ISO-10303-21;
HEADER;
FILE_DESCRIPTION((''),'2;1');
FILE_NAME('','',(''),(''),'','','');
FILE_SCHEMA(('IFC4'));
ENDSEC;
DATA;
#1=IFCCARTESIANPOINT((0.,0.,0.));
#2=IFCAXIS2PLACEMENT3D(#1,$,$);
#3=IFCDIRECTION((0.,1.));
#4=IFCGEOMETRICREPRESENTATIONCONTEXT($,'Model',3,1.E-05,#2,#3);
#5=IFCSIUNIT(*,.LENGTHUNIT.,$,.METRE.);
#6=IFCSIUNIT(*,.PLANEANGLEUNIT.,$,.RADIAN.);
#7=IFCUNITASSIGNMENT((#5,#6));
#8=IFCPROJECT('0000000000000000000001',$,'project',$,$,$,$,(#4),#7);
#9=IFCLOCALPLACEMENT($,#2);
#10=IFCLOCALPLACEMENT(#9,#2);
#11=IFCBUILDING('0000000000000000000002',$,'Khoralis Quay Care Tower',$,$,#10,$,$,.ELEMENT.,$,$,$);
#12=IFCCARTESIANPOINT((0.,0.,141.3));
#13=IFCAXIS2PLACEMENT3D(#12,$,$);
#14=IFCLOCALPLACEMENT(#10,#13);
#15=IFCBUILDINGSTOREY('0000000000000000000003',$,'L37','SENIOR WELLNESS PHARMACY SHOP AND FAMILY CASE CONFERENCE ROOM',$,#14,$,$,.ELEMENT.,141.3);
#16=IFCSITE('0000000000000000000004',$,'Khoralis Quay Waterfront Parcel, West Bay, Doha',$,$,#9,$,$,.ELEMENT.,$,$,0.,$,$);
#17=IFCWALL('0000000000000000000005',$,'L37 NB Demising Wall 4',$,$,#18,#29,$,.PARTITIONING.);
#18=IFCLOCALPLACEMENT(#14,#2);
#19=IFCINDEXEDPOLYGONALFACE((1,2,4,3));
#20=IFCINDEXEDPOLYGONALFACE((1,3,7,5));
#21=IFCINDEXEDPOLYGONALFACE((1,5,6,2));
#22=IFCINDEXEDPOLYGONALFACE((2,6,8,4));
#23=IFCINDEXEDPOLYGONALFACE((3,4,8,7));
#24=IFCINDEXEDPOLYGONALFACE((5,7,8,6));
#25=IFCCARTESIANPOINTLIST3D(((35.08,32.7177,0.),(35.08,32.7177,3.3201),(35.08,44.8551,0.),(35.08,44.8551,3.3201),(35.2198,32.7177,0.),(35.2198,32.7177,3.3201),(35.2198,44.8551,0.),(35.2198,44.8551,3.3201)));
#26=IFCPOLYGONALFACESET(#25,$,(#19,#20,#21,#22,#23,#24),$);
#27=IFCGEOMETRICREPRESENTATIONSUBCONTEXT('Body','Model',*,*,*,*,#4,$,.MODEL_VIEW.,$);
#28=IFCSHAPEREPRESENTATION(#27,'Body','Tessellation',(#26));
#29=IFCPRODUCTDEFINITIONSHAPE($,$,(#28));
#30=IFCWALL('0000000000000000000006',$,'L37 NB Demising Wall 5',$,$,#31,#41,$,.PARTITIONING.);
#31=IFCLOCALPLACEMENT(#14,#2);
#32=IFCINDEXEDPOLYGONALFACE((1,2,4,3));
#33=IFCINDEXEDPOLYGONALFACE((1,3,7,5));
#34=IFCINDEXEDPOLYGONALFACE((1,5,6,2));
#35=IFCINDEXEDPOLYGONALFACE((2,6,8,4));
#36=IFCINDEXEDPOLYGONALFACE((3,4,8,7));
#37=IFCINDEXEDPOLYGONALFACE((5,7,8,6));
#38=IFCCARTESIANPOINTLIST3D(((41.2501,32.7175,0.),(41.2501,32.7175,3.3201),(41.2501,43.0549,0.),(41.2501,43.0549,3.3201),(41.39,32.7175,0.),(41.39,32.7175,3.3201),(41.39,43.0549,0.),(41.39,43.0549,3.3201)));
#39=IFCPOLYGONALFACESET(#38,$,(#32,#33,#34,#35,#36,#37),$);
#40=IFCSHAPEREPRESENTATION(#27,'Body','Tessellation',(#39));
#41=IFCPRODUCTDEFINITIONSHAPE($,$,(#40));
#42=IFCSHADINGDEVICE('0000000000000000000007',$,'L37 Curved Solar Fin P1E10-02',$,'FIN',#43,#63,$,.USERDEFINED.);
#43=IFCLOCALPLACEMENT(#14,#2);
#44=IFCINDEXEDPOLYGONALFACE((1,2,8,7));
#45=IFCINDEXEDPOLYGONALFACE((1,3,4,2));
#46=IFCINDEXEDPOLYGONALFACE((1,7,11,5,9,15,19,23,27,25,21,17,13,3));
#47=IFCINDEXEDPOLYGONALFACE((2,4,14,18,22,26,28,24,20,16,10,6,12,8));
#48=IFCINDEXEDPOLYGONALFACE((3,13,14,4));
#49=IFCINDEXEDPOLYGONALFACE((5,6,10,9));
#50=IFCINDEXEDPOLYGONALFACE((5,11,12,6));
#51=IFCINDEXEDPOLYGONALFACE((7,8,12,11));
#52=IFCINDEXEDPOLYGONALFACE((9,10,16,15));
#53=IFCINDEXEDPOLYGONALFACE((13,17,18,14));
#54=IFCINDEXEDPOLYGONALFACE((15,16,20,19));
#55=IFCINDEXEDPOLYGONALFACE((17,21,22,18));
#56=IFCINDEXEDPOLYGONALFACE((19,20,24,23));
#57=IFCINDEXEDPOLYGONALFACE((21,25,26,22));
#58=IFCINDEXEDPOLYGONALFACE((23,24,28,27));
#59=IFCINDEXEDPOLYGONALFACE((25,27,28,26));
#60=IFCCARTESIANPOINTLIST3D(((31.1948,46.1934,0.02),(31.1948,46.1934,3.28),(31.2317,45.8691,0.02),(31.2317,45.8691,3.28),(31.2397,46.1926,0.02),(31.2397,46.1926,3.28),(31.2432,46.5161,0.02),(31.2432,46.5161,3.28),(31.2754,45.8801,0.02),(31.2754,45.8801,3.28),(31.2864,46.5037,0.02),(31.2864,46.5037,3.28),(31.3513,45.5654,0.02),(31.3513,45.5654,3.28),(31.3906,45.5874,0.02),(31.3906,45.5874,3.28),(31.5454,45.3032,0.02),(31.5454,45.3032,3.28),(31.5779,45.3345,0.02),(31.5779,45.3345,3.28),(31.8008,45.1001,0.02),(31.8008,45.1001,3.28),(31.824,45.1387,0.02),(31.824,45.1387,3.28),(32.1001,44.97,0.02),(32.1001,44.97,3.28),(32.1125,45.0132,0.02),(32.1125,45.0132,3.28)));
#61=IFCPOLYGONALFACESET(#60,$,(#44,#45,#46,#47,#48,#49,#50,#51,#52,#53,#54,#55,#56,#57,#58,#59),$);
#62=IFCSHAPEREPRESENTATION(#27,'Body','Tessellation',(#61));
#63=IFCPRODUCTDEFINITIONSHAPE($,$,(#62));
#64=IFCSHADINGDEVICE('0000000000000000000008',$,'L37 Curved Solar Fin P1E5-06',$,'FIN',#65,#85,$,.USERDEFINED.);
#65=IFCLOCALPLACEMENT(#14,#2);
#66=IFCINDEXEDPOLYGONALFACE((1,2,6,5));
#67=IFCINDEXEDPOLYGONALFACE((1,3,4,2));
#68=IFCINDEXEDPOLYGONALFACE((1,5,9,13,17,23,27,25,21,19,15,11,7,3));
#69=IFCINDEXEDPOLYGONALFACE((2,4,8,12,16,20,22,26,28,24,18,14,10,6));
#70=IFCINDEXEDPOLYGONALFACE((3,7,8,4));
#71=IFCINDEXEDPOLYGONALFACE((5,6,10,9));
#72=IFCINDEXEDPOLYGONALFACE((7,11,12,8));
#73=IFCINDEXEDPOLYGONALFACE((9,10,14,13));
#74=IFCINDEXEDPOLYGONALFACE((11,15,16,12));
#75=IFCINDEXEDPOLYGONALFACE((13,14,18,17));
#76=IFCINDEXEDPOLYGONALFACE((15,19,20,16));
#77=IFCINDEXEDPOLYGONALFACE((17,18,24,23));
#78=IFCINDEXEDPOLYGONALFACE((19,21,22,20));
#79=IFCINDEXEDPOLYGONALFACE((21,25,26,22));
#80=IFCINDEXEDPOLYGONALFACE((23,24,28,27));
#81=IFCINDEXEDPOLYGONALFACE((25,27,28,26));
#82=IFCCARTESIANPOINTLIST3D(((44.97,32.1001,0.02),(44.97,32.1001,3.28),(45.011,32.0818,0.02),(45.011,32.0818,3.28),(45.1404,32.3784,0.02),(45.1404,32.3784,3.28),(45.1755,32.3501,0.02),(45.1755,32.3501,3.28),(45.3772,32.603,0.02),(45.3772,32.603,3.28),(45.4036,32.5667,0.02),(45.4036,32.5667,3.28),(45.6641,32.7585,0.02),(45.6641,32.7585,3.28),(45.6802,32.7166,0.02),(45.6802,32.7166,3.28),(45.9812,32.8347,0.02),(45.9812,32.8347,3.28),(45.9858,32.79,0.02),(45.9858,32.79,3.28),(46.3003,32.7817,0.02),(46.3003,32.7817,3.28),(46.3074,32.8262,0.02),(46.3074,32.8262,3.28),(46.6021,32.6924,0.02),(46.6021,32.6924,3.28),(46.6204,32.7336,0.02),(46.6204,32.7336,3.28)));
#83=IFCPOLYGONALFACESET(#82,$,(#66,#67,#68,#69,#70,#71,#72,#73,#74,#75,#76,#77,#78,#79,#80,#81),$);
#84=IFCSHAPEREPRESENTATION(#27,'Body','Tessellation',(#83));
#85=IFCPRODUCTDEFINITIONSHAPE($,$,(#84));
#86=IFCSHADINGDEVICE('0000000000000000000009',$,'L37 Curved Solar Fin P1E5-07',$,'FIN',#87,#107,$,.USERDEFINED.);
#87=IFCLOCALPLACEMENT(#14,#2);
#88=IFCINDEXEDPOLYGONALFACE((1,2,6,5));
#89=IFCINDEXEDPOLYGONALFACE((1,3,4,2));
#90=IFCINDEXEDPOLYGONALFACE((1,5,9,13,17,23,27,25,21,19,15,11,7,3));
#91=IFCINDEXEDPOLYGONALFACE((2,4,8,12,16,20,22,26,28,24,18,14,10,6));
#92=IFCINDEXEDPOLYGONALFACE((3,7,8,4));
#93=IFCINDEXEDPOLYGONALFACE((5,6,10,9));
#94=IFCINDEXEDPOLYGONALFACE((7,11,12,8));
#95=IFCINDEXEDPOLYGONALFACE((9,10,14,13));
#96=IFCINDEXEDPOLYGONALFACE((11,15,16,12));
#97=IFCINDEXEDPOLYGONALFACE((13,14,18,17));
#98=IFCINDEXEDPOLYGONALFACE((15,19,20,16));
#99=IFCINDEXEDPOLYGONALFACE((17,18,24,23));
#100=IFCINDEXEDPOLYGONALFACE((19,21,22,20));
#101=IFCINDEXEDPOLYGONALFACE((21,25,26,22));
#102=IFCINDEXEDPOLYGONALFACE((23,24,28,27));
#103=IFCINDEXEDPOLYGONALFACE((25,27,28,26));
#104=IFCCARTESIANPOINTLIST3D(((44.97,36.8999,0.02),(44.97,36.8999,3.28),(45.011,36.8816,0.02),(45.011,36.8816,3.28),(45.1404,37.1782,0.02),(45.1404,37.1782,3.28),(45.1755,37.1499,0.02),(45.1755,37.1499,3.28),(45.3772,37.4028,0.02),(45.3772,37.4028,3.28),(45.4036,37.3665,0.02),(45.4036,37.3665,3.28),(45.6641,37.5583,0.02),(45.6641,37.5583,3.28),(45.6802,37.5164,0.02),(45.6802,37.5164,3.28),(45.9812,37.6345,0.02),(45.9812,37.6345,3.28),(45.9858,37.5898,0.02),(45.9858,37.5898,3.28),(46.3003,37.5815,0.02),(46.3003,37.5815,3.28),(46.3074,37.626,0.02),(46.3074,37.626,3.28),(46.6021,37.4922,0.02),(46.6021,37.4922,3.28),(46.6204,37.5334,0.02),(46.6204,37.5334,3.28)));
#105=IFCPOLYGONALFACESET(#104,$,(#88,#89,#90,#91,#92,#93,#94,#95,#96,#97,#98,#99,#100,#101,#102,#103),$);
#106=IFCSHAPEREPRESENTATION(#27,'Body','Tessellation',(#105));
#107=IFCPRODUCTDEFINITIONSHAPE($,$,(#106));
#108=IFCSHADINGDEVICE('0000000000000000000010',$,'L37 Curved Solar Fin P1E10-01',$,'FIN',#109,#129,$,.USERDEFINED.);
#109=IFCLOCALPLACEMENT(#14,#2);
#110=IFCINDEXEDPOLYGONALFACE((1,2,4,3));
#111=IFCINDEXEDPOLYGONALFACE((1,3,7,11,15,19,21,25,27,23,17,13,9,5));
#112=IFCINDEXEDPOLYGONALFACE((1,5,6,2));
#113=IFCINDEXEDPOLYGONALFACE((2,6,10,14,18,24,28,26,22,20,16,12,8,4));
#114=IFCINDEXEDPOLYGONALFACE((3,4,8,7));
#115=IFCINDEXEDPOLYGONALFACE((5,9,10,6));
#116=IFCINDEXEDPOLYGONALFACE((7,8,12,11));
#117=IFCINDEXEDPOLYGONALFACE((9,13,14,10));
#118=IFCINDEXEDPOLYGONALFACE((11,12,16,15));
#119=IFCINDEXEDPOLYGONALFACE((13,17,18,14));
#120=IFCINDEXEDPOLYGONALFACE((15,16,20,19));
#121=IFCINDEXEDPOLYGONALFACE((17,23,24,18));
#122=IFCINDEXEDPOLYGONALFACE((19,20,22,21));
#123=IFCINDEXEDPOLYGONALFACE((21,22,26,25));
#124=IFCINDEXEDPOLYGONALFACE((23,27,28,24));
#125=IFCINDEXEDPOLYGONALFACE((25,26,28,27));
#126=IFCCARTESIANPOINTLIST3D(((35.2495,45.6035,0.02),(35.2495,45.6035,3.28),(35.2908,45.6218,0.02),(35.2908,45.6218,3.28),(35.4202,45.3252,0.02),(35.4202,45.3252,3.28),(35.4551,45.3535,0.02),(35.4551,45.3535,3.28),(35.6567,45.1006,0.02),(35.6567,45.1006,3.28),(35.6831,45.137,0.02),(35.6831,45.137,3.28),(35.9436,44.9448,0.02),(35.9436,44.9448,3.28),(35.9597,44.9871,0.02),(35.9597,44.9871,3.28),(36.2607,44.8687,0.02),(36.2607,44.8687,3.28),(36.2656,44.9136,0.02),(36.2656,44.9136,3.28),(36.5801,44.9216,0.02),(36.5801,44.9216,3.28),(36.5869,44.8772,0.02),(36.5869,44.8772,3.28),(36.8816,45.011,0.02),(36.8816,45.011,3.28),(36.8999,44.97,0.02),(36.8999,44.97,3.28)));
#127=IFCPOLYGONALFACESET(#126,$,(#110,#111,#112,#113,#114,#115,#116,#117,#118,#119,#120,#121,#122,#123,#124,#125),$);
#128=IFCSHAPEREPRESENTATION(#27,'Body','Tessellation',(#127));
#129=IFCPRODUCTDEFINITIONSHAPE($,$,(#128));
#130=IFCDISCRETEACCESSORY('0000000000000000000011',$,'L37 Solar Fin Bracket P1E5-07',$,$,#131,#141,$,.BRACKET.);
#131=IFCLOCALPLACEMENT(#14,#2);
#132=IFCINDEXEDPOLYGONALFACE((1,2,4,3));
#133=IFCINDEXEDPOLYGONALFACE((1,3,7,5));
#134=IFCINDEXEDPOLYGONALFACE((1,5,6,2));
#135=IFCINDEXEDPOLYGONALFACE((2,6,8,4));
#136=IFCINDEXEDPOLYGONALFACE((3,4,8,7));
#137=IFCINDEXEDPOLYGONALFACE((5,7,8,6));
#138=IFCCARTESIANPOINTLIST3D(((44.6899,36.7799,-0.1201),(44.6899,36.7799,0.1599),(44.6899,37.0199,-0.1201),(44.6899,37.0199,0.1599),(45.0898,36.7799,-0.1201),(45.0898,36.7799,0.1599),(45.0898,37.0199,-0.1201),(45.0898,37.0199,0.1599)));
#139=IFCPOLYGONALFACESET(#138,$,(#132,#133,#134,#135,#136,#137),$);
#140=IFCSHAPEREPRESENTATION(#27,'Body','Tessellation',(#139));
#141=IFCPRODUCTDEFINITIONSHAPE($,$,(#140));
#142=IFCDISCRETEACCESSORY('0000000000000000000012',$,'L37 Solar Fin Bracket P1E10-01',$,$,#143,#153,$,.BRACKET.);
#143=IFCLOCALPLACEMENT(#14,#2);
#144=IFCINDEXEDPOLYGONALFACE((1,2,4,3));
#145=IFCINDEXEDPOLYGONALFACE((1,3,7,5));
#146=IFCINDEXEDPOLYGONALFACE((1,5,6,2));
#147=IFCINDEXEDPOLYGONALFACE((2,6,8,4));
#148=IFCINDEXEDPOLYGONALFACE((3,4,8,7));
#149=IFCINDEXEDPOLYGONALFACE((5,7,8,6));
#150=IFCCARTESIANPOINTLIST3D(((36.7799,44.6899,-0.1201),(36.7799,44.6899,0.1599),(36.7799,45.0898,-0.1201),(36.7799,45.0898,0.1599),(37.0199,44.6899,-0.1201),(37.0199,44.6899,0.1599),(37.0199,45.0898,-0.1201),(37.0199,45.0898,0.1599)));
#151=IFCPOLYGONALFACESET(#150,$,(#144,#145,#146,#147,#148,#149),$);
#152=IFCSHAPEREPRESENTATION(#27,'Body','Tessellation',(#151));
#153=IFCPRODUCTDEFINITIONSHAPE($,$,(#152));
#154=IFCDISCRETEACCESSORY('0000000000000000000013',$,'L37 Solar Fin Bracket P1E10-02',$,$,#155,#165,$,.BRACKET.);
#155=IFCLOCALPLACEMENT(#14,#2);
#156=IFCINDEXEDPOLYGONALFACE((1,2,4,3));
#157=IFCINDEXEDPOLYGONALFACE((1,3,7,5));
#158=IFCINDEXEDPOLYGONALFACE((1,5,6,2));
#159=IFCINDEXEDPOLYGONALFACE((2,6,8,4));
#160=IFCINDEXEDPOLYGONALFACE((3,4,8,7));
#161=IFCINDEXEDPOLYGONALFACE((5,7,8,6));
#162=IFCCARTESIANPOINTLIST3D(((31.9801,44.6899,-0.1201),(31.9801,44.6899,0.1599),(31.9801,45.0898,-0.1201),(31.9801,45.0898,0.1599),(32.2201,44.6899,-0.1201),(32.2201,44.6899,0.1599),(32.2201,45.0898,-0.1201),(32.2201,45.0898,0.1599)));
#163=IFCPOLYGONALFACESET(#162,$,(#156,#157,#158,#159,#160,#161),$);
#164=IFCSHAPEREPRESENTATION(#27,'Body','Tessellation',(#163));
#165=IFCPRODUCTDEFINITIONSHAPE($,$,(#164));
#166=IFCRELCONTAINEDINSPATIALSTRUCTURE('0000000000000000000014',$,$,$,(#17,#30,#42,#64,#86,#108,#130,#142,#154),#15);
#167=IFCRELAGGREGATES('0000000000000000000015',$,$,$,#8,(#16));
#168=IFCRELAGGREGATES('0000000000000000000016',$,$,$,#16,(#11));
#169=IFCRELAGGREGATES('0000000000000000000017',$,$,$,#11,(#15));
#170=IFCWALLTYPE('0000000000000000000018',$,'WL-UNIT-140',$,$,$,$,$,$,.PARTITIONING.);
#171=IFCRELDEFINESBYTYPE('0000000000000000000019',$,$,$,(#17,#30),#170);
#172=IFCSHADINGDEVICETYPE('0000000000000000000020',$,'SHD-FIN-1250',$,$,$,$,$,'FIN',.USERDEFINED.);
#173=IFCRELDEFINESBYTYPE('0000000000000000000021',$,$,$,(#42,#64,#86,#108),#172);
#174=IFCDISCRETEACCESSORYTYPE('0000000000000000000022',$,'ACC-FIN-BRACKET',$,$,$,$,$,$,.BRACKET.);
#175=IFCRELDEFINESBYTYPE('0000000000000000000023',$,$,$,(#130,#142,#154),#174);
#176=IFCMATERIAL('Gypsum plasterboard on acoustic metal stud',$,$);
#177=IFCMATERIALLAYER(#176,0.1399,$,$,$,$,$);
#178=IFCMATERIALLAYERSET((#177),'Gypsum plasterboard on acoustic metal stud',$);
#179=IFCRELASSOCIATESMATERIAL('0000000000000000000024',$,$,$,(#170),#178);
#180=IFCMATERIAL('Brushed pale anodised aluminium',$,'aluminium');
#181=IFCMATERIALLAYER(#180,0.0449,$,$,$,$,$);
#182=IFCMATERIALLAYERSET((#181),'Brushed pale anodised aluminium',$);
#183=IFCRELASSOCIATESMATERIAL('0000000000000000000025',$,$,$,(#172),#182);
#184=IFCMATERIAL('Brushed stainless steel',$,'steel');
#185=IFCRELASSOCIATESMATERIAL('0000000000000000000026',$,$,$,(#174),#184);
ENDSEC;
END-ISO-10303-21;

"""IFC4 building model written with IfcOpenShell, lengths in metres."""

from ifc_helpers import new_model, si_unit, direction, frame, frame_2d, origin, origin_2d, place, context, subcontext, project, spatial, polyline, rectangle, outline, extrude, source, transform, mapped, material, layer, layer_set, type_object, element, save


model = new_model("IFC4")

# Units and contexts
model_context = context("Model", 3, precision=1e-05, world=origin(), true_north=direction((0.0, 1.0)))
body_context = subcontext(model_context, "Body", "Model", "MODEL_VIEW")
ifc_project = project(units=[si_unit("LENGTHUNIT", "METRE"), si_unit("PLANEANGLEUNIT", "RADIAN")], contexts=[model_context])

# Site, building, storey
site_placement = place(None, origin())
site = spatial("IfcSite", under=ifc_project, at=site_placement, Name="Khoralis Quay Waterfront Parcel, West Bay, Doha", CompositionType="ELEMENT", RefElevation=0.0)
building_placement = place(site_placement, origin())
building = spatial("IfcBuilding", under=site, at=building_placement, Name="Khoralis Quay Care Tower", CompositionType="ELEMENT")
storey_placement = place(building_placement, frame((0.0, 0.0, 141.3)))
storey = spatial("IfcBuildingStorey", under=building, at=storey_placement, Name="L37", Description="SENIOR WELLNESS PHARMACY SHOP AND FAMILY CASE CONFERENCE ROOM", CompositionType="ELEMENT", Elevation=141.3)

# Walls
ifc_material_1 = material(Name="Gypsum plasterboard on acoustic metal stud")
ifc_layer_1 = layer(ifc_material_1, 0.1399)
ifc_layer_set_1 = layer_set([ifc_layer_1], Name="Gypsum plasterboard on acoustic metal stud")
wall_type_1 = type_object("IfcWallType", Name="WL-UNIT-140", PredefinedType="PARTITIONING", material=ifc_layer_set_1)
wall_1_placement = place(storey_placement, frame((35.1499, 32.7175, 0.0), z_axis=(0.0, 0.0, 1.0), x_axis=(0.0, 1.0, 0.0)))
element("IfcWall", 1, at=wall_1_placement, inside=storey, type_object=wall_type_1, Name="L37 NB Demising Wall 4", PredefinedType="PARTITIONING", context=body_context, shape_type="SweptSolid", body=[
    extrude(rectangle(XDim=12.1375, YDim=0.1399, at=frame_2d((6.0688, 0.0))), origin(), (0.0, 0.0, 1.0), 3.3201),
])
wall_2_placement = place(storey_placement, frame((41.3201, 32.7175, 0.0), z_axis=(0.0, 0.0, 1.0), x_axis=(0.0, 1.0, 0.0)))
element("IfcWall", 2, at=wall_2_placement, inside=storey, type_object=wall_type_1, Name="L37 NB Demising Wall 5", PredefinedType="PARTITIONING", context=body_context, shape_type="SweptSolid", body=[
    extrude(rectangle(XDim=10.3374, YDim=0.1399, at=frame_2d((5.1687, 0.0))), origin(), (0.0, 0.0, 1.0), 3.3201),
])

# Shading devices
ifc_material_2 = material(Name="Brushed pale anodised aluminium", Category="aluminium")
ifc_layer_2 = layer(ifc_material_2, 0.0449)
ifc_layer_set_2 = layer_set([ifc_layer_2], Name="Brushed pale anodised aluminium")
shading_device_type = type_object("IfcShadingDeviceType", Name="SHD-FIN-1250", ElementType="FIN", PredefinedType="USERDEFINED", material=ifc_layer_set_2)
shared_shape_1 = source(origin(), body_context, "Body", "SweptSolid", [
    extrude(outline(polyline([(0.0, 0.0), (0.1301, 0.2993), (0.3333, 0.5547), (0.5955, 0.7488), (0.8992, 0.8684), (1.2234, 0.9053), (1.5461, 0.8569), (1.5337, 0.8137), (1.2227, 0.8604), (0.9102, 0.8247), (0.6174, 0.7095), (0.3645, 0.5222), (0.1687, 0.2761), (0.0432, -0.0125), (0.0, 0.0)])), origin(), (0.0, 0.0, 1.0), 3.26),
])
shading_device_1_placement = place(storey_placement, frame((32.1001, 44.97, 0.02), z_axis=(0.0, 0.0, 1.0), x_axis=(0.0, 1.0, 0.0)))
element("IfcShadingDevice", 3, at=shading_device_1_placement, inside=storey, type_object=shading_device_type, Name="L37 Curved Solar Fin P1E10-02", ObjectType="FIN", PredefinedType="USERDEFINED", context=body_context, shape_type="MappedRepresentation", body=[
    mapped(shared_shape_1, transform((0.0, 0.0, 0.0), scale=1.0)),
])
shared_shape_2 = source(origin(), body_context, "Body", "SweptSolid", [
    extrude(outline(polyline([(0.0, 0.0), (0.1704, 0.2783), (0.4072, 0.5029), (0.6941, 0.6584), (1.0112, 0.7346), (1.3374, 0.7261), (1.6504, 0.6335), (1.6321, 0.5923), (1.3303, 0.6816), (1.0159, 0.6899), (0.7102, 0.6165), (0.4336, 0.4666), (0.2056, 0.25), (0.041, -0.0183), (0.0, 0.0)])), origin(), (0.0, 0.0, 1.0), 3.26),
])
for number, where, z_axis, x_axis, name in (
    (4, (44.97, 32.1001, 0.02), (0.0, 0.0, 1.0), (1.0, 0.0, 0.0), "L37 Curved Solar Fin P1E5-06"),
    (5, (44.97, 36.8999, 0.02), (0.0, 0.0, 1.0), (1.0, 0.0, 0.0), "L37 Curved Solar Fin P1E5-07"),
):
    element("IfcShadingDevice", number, at=place(storey_placement, frame(where, z_axis=z_axis, x_axis=x_axis)), inside=storey, type_object=shading_device_type, Name=name, ObjectType="FIN", PredefinedType="USERDEFINED", context=body_context, shape_type="MappedRepresentation", body=[
        mapped(shared_shape_2, transform((0.0, 0.0, 0.0), scale=1.0)),
    ])
shared_shape_3 = source(origin(), body_context, "Body", "SweptSolid", [
    extrude(outline(polyline([(0.0, 0.0), (-0.0928, 0.313), (-0.1013, 0.6392), (-0.0251, 0.9563), (0.1306, 1.2432), (0.3552, 1.4797), (0.6335, 1.6504), (0.6519, 1.6091), (0.3835, 1.4448), (0.167, 1.2168), (0.0171, 0.9402), (-0.0564, 0.6343), (-0.0483, 0.3198), (0.041, 0.0183), (0.0, 0.0)])), origin(), (0.0, 0.0, 1.0), 3.26),
])
shading_device_2_placement = place(storey_placement, frame((36.8999, 44.97, 0.02), z_axis=(0.0, 0.0, 1.0), x_axis=(0.0, 1.0, 0.0)))
element("IfcShadingDevice", 6, at=shading_device_2_placement, inside=storey, type_object=shading_device_type, Name="L37 Curved Solar Fin P1E10-01", ObjectType="FIN", PredefinedType="USERDEFINED", context=body_context, shape_type="MappedRepresentation", body=[
    mapped(shared_shape_3, transform((0.0, 0.0, 0.0), scale=1.0)),
])

# Discrete accessories
ifc_material_3 = material(Name="Brushed stainless steel", Category="steel")
discrete_accessory_type = type_object("IfcDiscreteAccessoryType", Name="ACC-FIN-BRACKET", PredefinedType="BRACKET", material=ifc_material_3)
shared_shape_4 = source(origin(), body_context, "Body", "SweptSolid", [
    extrude(rectangle(XDim=0.3999, YDim=0.24, at=origin_2d()), origin(), (0.0, 0.0, 1.0), 0.28),
])
for number, where, z_axis, x_axis, name in (
    (7, (44.8899, 36.8999, -0.1201), (0.0, 0.0, 1.0), (1.0, 0.0, 0.0), "L37 Solar Fin Bracket P1E5-07"),
    (8, (36.8999, 44.8899, -0.1201), (0.0, 0.0, 1.0), (0.0, 1.0, 0.0), "L37 Solar Fin Bracket P1E10-01"),
    (9, (32.1001, 44.8899, -0.1201), (0.0, 0.0, 1.0), (0.0, 1.0, 0.0), "L37 Solar Fin Bracket P1E10-02"),
):
    element("IfcDiscreteAccessory", number, at=place(storey_placement, frame(where, z_axis=z_axis, x_axis=x_axis)), inside=storey, type_object=discrete_accessory_type, Name=name, PredefinedType="BRACKET", context=body_context, shape_type="MappedRepresentation", body=[
        mapped(shared_shape_4, transform((0.0, 0.0, 0.0), scale=1.0)),
    ])

save(model, "model.ifc")
